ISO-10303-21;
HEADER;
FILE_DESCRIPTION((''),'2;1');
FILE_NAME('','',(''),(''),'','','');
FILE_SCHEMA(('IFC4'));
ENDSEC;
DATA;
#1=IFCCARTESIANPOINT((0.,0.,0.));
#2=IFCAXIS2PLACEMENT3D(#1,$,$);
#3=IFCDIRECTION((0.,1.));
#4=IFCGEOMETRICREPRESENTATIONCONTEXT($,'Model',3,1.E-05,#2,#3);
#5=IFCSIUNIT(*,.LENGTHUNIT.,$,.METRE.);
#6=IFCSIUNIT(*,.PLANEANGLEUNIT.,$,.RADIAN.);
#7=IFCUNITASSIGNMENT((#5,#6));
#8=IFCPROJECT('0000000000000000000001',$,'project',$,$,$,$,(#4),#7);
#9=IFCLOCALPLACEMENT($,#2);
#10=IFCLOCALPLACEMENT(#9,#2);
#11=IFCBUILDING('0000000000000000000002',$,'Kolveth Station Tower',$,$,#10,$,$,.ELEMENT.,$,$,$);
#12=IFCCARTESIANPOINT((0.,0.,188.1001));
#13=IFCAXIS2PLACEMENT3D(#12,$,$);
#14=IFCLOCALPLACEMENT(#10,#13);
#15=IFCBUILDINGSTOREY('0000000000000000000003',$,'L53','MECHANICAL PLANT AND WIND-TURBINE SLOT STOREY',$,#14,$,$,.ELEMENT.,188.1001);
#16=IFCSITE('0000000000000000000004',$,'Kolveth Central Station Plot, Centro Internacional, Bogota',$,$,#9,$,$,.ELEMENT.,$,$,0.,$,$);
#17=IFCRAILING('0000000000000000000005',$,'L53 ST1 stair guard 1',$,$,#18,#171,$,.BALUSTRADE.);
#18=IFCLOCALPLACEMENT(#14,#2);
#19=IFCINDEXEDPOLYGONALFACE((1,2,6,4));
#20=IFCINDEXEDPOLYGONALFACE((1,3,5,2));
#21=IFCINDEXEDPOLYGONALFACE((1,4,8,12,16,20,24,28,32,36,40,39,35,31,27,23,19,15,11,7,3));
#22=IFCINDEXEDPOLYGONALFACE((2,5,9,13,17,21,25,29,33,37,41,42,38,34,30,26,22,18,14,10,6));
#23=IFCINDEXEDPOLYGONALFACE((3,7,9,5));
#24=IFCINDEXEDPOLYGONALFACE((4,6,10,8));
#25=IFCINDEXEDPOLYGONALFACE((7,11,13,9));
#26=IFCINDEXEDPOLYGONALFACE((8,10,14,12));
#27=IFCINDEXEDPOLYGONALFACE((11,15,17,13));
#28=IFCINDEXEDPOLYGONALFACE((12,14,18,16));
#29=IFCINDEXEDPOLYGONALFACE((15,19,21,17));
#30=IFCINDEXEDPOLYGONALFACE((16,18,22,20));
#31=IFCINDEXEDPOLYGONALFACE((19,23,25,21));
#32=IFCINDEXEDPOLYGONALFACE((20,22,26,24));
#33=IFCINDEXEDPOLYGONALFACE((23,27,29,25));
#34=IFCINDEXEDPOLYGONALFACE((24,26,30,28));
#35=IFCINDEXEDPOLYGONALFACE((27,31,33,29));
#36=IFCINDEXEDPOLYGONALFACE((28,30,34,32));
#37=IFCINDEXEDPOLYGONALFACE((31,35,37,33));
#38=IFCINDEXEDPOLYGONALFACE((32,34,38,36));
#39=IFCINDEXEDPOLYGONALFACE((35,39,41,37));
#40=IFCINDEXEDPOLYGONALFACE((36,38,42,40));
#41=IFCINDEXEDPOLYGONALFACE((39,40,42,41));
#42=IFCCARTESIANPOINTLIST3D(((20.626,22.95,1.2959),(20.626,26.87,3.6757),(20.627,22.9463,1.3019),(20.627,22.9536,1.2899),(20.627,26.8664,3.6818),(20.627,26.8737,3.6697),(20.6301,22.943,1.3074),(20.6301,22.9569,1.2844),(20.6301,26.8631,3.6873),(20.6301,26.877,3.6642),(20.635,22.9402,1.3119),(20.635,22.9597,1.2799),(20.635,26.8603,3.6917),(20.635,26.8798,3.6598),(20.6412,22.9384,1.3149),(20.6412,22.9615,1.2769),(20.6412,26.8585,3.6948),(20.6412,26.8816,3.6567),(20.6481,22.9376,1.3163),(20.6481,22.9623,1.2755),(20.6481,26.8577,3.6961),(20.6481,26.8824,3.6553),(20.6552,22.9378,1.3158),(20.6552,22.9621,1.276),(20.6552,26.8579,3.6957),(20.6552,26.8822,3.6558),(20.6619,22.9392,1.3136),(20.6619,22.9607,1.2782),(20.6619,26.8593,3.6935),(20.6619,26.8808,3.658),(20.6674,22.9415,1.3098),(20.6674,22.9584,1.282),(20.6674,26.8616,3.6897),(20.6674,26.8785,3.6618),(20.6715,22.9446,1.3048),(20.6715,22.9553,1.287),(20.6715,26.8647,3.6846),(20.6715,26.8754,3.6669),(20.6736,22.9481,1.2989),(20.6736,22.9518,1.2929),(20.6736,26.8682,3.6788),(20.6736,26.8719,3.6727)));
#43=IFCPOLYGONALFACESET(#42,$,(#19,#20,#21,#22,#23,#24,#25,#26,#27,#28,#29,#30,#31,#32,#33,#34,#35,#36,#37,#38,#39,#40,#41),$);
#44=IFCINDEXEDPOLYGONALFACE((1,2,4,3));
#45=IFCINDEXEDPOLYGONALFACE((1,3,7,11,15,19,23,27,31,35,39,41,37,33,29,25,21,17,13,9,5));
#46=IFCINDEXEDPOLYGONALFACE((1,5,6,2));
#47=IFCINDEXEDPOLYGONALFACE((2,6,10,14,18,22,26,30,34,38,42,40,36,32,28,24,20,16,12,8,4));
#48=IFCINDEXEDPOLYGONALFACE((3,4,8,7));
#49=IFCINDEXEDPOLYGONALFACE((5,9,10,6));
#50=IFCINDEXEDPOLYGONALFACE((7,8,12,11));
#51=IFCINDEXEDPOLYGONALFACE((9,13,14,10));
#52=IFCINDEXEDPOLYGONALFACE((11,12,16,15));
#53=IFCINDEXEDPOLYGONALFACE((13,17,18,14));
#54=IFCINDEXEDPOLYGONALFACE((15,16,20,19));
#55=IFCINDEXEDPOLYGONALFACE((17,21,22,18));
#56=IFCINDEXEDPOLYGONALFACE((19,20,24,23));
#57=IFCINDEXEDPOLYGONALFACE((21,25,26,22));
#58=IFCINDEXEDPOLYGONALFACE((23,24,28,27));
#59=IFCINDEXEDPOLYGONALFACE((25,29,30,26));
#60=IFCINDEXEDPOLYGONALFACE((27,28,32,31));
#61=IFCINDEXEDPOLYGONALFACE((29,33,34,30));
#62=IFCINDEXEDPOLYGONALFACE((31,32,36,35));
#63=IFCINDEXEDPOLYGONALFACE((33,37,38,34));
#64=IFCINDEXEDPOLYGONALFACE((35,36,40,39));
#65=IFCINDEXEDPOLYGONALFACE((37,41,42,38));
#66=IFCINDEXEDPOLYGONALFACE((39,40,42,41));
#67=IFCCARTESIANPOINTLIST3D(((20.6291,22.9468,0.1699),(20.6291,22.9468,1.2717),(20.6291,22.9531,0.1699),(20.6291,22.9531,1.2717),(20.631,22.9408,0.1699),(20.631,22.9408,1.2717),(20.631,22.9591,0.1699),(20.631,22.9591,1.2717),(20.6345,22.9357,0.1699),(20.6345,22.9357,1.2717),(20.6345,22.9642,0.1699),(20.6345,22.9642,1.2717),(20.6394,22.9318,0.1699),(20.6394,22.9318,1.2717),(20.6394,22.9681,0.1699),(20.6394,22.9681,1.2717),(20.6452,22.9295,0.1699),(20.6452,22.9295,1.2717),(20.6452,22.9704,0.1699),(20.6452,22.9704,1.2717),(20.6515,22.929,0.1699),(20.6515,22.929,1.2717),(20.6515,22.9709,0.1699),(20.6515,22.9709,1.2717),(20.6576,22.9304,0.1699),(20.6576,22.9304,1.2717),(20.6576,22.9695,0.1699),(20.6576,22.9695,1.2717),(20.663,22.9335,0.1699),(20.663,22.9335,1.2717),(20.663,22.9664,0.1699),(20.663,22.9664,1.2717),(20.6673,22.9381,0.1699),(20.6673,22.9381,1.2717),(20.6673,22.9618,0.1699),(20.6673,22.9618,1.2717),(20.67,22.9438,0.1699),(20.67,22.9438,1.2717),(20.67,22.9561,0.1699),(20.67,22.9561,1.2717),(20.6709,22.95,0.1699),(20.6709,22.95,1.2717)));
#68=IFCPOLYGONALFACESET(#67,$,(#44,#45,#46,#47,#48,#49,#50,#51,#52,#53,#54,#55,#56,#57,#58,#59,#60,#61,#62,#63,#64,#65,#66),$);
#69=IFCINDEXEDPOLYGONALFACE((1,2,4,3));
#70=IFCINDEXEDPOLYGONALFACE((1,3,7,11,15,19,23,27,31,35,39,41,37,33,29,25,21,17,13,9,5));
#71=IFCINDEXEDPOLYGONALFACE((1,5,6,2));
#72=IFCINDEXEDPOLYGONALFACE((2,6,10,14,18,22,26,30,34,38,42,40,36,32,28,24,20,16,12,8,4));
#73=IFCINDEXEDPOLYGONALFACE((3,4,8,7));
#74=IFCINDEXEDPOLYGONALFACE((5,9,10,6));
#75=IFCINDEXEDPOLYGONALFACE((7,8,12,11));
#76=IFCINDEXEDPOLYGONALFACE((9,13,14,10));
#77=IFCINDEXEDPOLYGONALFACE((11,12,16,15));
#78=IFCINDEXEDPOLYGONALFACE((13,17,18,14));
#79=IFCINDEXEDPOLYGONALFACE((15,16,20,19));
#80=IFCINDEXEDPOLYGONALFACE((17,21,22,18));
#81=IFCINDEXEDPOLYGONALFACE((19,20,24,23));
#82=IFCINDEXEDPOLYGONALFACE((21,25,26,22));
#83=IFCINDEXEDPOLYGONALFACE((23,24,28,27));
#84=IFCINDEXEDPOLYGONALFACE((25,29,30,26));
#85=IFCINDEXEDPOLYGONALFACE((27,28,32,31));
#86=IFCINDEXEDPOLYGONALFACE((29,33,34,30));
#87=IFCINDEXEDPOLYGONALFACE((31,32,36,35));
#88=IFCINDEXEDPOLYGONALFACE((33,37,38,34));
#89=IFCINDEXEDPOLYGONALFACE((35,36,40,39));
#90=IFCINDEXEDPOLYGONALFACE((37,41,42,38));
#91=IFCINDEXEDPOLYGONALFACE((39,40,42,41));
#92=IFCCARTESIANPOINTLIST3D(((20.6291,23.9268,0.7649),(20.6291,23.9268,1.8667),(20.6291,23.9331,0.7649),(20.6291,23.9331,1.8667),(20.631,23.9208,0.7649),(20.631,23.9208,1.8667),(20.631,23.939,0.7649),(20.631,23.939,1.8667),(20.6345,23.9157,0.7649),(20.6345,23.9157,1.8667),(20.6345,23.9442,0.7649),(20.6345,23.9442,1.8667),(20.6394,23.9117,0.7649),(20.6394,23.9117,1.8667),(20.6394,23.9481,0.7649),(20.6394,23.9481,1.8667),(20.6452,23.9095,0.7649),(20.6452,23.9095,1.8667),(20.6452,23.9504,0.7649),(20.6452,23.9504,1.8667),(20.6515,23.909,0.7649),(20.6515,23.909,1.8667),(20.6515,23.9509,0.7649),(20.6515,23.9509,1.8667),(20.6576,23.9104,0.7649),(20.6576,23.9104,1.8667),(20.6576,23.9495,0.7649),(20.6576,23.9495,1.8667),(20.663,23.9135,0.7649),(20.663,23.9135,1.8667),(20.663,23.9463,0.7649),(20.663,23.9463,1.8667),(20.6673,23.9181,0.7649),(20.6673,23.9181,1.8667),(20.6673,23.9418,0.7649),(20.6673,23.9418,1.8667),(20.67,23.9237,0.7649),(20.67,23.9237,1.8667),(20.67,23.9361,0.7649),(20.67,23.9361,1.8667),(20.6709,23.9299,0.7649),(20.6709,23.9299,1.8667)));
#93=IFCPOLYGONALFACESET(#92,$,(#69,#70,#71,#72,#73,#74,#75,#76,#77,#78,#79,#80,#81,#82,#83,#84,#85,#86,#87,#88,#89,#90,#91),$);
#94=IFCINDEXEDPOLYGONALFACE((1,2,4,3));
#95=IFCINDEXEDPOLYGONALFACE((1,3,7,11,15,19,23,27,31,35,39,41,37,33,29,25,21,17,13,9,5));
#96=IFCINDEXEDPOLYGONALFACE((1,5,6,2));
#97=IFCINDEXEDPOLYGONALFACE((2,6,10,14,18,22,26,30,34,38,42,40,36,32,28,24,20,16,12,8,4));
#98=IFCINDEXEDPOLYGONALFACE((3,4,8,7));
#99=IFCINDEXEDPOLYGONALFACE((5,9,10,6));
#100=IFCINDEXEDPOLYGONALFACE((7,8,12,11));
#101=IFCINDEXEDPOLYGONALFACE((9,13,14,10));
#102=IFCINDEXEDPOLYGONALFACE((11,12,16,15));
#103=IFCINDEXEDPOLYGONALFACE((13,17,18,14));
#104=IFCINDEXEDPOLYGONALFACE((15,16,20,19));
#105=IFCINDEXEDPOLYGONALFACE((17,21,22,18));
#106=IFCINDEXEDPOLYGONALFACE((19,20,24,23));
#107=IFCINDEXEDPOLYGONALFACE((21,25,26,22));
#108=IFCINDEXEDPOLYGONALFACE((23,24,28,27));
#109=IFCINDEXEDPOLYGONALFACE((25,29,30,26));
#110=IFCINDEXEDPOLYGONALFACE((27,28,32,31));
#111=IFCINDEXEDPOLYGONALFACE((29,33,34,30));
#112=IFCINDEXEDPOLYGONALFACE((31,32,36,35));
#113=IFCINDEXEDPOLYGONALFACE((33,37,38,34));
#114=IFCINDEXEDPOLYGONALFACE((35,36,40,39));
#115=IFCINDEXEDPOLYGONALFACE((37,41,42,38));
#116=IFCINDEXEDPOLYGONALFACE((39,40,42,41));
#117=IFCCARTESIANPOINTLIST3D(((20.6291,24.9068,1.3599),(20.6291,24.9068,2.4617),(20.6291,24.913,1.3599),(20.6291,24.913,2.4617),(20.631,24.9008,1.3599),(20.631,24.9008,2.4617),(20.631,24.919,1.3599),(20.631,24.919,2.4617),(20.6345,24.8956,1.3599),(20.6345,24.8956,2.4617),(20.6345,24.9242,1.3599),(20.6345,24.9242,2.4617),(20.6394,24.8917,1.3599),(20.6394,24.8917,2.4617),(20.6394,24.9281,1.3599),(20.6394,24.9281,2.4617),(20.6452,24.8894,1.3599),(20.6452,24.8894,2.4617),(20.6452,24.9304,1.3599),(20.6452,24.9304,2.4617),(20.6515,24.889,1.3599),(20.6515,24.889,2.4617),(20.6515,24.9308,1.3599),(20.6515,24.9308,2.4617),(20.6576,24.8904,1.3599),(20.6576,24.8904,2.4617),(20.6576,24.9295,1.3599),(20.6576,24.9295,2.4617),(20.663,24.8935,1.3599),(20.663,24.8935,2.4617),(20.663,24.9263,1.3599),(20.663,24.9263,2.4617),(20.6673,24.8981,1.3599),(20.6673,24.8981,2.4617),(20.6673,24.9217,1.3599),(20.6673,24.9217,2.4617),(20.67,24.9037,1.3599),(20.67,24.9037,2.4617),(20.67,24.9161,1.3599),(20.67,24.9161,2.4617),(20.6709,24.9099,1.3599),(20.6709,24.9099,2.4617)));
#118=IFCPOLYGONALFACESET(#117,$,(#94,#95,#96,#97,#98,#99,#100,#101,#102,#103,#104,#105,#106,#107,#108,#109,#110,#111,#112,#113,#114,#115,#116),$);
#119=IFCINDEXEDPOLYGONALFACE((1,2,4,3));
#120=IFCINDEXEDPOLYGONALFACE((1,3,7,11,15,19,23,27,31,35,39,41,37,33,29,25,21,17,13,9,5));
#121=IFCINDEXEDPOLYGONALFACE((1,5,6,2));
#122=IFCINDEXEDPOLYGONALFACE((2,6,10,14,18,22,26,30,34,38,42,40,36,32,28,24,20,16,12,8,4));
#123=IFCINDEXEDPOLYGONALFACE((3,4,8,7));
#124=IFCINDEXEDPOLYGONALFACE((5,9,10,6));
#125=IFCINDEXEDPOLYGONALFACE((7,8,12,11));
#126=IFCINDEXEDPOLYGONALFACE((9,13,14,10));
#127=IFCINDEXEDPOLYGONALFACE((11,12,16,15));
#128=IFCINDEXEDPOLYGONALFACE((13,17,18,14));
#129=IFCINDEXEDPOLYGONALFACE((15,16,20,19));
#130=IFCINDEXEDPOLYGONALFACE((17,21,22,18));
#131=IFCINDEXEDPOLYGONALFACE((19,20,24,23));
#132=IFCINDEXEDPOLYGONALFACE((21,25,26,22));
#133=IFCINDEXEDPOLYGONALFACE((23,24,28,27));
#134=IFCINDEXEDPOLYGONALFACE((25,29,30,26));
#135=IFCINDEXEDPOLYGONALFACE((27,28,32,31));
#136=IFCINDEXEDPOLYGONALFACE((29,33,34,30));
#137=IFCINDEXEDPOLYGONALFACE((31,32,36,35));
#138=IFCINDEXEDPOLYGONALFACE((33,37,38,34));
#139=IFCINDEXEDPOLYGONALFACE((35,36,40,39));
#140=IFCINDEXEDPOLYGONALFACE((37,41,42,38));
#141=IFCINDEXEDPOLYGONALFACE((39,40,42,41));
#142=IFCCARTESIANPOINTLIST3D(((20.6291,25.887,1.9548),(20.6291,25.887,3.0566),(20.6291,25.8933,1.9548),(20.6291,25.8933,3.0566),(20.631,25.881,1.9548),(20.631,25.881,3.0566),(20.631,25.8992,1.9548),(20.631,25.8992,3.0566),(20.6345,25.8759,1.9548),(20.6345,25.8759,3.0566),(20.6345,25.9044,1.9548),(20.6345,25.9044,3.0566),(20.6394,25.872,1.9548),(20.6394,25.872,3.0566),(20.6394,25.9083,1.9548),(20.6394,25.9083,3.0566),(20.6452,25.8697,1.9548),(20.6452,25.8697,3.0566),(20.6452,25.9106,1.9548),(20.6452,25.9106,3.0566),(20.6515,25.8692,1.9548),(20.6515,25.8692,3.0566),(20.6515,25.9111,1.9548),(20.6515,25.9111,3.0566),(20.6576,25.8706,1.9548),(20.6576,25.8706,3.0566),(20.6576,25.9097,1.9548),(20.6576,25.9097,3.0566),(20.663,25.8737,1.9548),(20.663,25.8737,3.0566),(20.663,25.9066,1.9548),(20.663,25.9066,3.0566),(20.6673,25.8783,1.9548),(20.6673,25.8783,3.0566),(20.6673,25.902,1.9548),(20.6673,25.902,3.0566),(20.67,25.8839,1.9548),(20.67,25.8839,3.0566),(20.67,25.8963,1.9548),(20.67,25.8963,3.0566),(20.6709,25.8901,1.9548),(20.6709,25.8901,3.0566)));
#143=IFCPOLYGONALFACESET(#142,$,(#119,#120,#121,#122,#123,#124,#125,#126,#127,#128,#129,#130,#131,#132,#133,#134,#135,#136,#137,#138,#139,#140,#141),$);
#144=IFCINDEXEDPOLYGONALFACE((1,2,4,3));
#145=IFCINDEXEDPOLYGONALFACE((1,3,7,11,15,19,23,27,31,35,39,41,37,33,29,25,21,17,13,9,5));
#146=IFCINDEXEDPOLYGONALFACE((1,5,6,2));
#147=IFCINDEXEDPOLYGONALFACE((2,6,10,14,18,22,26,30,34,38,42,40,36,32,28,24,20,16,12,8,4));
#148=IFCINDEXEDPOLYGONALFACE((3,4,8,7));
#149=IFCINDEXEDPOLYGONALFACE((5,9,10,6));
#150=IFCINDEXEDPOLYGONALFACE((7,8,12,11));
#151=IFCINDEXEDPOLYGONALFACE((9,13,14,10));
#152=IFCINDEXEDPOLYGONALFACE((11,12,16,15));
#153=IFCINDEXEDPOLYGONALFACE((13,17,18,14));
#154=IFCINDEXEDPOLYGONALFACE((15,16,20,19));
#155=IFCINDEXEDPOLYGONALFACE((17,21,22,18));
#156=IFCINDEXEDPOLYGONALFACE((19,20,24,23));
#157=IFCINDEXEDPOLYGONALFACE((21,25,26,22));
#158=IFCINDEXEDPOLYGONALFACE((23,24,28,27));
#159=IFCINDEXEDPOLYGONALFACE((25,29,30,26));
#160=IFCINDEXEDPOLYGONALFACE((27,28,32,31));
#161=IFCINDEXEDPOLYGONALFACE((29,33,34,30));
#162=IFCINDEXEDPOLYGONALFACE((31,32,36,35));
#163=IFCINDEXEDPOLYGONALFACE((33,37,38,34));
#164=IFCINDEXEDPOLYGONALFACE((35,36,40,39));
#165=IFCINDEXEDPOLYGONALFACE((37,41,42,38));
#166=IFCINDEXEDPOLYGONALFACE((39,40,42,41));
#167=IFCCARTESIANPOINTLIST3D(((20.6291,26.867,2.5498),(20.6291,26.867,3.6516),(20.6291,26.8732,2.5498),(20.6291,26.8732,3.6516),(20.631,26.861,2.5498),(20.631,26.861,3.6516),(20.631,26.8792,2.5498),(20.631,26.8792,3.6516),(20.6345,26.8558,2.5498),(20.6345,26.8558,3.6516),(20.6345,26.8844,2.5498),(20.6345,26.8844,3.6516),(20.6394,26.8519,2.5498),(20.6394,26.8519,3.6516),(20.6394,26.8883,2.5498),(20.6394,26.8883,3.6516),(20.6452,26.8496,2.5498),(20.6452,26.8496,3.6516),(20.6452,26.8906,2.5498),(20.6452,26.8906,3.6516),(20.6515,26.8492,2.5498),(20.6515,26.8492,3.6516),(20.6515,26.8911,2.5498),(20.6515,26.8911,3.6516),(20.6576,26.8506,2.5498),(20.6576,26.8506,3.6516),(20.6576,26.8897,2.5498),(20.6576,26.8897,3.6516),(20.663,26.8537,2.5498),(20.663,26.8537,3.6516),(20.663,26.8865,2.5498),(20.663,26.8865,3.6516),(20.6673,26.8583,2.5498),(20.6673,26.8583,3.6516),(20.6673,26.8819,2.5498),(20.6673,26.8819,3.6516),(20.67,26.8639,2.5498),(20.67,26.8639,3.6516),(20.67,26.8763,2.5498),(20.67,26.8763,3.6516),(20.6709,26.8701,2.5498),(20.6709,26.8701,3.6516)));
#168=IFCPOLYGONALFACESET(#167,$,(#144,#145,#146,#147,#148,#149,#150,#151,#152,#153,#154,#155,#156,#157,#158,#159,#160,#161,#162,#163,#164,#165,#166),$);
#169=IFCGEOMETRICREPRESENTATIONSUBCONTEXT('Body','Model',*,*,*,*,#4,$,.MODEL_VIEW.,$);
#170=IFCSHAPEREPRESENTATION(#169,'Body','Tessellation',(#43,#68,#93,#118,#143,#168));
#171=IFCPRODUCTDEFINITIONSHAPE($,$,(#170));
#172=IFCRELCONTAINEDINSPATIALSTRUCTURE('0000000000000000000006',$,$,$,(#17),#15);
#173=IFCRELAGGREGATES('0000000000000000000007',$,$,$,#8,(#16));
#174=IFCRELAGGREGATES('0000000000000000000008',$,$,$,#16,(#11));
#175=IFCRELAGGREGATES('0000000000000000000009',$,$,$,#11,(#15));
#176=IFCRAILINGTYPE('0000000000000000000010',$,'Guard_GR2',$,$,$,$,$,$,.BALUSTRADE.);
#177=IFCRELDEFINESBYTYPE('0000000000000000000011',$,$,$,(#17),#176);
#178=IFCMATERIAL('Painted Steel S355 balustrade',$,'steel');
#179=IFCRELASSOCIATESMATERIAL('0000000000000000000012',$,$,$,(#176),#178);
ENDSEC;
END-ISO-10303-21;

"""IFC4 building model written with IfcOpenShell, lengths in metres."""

from ifc_helpers import new_model, si_unit, direction, frame, origin, origin_2d, place, context, subcontext, project, spatial, circle, extrude, material, type_object, element, save


model = new_model("IFC4")

# Units and contexts
model_context = context("Model", 3, precision=1e-05, world=origin(), true_north=direction((0.0, 1.0)))
body_context = subcontext(model_context, "Body", "Model", "MODEL_VIEW")
ifc_project = project(units=[si_unit("LENGTHUNIT", "METRE"), si_unit("PLANEANGLEUNIT", "RADIAN")], contexts=[model_context])

# Site, building, storey
site_placement = place(None, origin())
site = spatial("IfcSite", under=ifc_project, at=site_placement, Name="Kolveth Central Station Plot, Centro Internacional, Bogota", CompositionType="ELEMENT", RefElevation=0.0)
building_placement = place(site_placement, origin())
building = spatial("IfcBuilding", under=site, at=building_placement, Name="Kolveth Station Tower", CompositionType="ELEMENT")
storey_placement = place(building_placement, frame((0.0, 0.0, 188.1001)))
storey = spatial("IfcBuildingStorey", under=building, at=storey_placement, Name="L53", Description="MECHANICAL PLANT AND WIND-TURBINE SLOT STOREY", CompositionType="ELEMENT", Elevation=188.1001)

# Railing
ifc_material_1 = material(Name="Painted Steel S355 balustrade", Category="steel")
railing_type_1 = type_object("IfcRailingType", Name="Guard_GR2", PredefinedType="BALUSTRADE", material=ifc_material_1)
railing_1_placement = place(storey_placement, frame((20.6499, 22.95, 0.1699)))
element("IfcRailing", 1, at=railing_1_placement, inside=storey, type_object=railing_type_1, Name="L53 ST1 stair guard 1", PredefinedType="BALUSTRADE", context=body_context, shape_type="SweptSolid", body=[
    extrude(circle(Radius=0.0239, at=origin_2d()), frame((0.0, 0.0, 1.126), z_axis=(0.0, 0.854809, 0.518943), x_axis=(-1.0, 0.0, 0.0)), (0.0, 0.0, 1.0), 4.5859),
    extrude(circle(Radius=0.021, at=origin_2d()), origin(), (0.0, 0.0, 1.0), 1.1018),
    extrude(circle(Radius=0.021, at=origin_2d()), frame((0.0, 0.98, 0.595)), (0.0, 0.0, 1.0), 1.1018),
    extrude(circle(Radius=0.021, at=origin_2d()), frame((0.0, 1.96, 1.1899)), (0.0, 0.0, 1.0), 1.1018),
    extrude(circle(Radius=0.021, at=origin_2d()), frame((0.0, 2.9402, 1.7849)), (0.0, 0.0, 1.0), 1.1018),
    extrude(circle(Radius=0.021, at=origin_2d()), frame((0.0, 3.9202, 2.3799)), (0.0, 0.0, 1.0), 1.1018),
])

save(model, "model.ifc")
